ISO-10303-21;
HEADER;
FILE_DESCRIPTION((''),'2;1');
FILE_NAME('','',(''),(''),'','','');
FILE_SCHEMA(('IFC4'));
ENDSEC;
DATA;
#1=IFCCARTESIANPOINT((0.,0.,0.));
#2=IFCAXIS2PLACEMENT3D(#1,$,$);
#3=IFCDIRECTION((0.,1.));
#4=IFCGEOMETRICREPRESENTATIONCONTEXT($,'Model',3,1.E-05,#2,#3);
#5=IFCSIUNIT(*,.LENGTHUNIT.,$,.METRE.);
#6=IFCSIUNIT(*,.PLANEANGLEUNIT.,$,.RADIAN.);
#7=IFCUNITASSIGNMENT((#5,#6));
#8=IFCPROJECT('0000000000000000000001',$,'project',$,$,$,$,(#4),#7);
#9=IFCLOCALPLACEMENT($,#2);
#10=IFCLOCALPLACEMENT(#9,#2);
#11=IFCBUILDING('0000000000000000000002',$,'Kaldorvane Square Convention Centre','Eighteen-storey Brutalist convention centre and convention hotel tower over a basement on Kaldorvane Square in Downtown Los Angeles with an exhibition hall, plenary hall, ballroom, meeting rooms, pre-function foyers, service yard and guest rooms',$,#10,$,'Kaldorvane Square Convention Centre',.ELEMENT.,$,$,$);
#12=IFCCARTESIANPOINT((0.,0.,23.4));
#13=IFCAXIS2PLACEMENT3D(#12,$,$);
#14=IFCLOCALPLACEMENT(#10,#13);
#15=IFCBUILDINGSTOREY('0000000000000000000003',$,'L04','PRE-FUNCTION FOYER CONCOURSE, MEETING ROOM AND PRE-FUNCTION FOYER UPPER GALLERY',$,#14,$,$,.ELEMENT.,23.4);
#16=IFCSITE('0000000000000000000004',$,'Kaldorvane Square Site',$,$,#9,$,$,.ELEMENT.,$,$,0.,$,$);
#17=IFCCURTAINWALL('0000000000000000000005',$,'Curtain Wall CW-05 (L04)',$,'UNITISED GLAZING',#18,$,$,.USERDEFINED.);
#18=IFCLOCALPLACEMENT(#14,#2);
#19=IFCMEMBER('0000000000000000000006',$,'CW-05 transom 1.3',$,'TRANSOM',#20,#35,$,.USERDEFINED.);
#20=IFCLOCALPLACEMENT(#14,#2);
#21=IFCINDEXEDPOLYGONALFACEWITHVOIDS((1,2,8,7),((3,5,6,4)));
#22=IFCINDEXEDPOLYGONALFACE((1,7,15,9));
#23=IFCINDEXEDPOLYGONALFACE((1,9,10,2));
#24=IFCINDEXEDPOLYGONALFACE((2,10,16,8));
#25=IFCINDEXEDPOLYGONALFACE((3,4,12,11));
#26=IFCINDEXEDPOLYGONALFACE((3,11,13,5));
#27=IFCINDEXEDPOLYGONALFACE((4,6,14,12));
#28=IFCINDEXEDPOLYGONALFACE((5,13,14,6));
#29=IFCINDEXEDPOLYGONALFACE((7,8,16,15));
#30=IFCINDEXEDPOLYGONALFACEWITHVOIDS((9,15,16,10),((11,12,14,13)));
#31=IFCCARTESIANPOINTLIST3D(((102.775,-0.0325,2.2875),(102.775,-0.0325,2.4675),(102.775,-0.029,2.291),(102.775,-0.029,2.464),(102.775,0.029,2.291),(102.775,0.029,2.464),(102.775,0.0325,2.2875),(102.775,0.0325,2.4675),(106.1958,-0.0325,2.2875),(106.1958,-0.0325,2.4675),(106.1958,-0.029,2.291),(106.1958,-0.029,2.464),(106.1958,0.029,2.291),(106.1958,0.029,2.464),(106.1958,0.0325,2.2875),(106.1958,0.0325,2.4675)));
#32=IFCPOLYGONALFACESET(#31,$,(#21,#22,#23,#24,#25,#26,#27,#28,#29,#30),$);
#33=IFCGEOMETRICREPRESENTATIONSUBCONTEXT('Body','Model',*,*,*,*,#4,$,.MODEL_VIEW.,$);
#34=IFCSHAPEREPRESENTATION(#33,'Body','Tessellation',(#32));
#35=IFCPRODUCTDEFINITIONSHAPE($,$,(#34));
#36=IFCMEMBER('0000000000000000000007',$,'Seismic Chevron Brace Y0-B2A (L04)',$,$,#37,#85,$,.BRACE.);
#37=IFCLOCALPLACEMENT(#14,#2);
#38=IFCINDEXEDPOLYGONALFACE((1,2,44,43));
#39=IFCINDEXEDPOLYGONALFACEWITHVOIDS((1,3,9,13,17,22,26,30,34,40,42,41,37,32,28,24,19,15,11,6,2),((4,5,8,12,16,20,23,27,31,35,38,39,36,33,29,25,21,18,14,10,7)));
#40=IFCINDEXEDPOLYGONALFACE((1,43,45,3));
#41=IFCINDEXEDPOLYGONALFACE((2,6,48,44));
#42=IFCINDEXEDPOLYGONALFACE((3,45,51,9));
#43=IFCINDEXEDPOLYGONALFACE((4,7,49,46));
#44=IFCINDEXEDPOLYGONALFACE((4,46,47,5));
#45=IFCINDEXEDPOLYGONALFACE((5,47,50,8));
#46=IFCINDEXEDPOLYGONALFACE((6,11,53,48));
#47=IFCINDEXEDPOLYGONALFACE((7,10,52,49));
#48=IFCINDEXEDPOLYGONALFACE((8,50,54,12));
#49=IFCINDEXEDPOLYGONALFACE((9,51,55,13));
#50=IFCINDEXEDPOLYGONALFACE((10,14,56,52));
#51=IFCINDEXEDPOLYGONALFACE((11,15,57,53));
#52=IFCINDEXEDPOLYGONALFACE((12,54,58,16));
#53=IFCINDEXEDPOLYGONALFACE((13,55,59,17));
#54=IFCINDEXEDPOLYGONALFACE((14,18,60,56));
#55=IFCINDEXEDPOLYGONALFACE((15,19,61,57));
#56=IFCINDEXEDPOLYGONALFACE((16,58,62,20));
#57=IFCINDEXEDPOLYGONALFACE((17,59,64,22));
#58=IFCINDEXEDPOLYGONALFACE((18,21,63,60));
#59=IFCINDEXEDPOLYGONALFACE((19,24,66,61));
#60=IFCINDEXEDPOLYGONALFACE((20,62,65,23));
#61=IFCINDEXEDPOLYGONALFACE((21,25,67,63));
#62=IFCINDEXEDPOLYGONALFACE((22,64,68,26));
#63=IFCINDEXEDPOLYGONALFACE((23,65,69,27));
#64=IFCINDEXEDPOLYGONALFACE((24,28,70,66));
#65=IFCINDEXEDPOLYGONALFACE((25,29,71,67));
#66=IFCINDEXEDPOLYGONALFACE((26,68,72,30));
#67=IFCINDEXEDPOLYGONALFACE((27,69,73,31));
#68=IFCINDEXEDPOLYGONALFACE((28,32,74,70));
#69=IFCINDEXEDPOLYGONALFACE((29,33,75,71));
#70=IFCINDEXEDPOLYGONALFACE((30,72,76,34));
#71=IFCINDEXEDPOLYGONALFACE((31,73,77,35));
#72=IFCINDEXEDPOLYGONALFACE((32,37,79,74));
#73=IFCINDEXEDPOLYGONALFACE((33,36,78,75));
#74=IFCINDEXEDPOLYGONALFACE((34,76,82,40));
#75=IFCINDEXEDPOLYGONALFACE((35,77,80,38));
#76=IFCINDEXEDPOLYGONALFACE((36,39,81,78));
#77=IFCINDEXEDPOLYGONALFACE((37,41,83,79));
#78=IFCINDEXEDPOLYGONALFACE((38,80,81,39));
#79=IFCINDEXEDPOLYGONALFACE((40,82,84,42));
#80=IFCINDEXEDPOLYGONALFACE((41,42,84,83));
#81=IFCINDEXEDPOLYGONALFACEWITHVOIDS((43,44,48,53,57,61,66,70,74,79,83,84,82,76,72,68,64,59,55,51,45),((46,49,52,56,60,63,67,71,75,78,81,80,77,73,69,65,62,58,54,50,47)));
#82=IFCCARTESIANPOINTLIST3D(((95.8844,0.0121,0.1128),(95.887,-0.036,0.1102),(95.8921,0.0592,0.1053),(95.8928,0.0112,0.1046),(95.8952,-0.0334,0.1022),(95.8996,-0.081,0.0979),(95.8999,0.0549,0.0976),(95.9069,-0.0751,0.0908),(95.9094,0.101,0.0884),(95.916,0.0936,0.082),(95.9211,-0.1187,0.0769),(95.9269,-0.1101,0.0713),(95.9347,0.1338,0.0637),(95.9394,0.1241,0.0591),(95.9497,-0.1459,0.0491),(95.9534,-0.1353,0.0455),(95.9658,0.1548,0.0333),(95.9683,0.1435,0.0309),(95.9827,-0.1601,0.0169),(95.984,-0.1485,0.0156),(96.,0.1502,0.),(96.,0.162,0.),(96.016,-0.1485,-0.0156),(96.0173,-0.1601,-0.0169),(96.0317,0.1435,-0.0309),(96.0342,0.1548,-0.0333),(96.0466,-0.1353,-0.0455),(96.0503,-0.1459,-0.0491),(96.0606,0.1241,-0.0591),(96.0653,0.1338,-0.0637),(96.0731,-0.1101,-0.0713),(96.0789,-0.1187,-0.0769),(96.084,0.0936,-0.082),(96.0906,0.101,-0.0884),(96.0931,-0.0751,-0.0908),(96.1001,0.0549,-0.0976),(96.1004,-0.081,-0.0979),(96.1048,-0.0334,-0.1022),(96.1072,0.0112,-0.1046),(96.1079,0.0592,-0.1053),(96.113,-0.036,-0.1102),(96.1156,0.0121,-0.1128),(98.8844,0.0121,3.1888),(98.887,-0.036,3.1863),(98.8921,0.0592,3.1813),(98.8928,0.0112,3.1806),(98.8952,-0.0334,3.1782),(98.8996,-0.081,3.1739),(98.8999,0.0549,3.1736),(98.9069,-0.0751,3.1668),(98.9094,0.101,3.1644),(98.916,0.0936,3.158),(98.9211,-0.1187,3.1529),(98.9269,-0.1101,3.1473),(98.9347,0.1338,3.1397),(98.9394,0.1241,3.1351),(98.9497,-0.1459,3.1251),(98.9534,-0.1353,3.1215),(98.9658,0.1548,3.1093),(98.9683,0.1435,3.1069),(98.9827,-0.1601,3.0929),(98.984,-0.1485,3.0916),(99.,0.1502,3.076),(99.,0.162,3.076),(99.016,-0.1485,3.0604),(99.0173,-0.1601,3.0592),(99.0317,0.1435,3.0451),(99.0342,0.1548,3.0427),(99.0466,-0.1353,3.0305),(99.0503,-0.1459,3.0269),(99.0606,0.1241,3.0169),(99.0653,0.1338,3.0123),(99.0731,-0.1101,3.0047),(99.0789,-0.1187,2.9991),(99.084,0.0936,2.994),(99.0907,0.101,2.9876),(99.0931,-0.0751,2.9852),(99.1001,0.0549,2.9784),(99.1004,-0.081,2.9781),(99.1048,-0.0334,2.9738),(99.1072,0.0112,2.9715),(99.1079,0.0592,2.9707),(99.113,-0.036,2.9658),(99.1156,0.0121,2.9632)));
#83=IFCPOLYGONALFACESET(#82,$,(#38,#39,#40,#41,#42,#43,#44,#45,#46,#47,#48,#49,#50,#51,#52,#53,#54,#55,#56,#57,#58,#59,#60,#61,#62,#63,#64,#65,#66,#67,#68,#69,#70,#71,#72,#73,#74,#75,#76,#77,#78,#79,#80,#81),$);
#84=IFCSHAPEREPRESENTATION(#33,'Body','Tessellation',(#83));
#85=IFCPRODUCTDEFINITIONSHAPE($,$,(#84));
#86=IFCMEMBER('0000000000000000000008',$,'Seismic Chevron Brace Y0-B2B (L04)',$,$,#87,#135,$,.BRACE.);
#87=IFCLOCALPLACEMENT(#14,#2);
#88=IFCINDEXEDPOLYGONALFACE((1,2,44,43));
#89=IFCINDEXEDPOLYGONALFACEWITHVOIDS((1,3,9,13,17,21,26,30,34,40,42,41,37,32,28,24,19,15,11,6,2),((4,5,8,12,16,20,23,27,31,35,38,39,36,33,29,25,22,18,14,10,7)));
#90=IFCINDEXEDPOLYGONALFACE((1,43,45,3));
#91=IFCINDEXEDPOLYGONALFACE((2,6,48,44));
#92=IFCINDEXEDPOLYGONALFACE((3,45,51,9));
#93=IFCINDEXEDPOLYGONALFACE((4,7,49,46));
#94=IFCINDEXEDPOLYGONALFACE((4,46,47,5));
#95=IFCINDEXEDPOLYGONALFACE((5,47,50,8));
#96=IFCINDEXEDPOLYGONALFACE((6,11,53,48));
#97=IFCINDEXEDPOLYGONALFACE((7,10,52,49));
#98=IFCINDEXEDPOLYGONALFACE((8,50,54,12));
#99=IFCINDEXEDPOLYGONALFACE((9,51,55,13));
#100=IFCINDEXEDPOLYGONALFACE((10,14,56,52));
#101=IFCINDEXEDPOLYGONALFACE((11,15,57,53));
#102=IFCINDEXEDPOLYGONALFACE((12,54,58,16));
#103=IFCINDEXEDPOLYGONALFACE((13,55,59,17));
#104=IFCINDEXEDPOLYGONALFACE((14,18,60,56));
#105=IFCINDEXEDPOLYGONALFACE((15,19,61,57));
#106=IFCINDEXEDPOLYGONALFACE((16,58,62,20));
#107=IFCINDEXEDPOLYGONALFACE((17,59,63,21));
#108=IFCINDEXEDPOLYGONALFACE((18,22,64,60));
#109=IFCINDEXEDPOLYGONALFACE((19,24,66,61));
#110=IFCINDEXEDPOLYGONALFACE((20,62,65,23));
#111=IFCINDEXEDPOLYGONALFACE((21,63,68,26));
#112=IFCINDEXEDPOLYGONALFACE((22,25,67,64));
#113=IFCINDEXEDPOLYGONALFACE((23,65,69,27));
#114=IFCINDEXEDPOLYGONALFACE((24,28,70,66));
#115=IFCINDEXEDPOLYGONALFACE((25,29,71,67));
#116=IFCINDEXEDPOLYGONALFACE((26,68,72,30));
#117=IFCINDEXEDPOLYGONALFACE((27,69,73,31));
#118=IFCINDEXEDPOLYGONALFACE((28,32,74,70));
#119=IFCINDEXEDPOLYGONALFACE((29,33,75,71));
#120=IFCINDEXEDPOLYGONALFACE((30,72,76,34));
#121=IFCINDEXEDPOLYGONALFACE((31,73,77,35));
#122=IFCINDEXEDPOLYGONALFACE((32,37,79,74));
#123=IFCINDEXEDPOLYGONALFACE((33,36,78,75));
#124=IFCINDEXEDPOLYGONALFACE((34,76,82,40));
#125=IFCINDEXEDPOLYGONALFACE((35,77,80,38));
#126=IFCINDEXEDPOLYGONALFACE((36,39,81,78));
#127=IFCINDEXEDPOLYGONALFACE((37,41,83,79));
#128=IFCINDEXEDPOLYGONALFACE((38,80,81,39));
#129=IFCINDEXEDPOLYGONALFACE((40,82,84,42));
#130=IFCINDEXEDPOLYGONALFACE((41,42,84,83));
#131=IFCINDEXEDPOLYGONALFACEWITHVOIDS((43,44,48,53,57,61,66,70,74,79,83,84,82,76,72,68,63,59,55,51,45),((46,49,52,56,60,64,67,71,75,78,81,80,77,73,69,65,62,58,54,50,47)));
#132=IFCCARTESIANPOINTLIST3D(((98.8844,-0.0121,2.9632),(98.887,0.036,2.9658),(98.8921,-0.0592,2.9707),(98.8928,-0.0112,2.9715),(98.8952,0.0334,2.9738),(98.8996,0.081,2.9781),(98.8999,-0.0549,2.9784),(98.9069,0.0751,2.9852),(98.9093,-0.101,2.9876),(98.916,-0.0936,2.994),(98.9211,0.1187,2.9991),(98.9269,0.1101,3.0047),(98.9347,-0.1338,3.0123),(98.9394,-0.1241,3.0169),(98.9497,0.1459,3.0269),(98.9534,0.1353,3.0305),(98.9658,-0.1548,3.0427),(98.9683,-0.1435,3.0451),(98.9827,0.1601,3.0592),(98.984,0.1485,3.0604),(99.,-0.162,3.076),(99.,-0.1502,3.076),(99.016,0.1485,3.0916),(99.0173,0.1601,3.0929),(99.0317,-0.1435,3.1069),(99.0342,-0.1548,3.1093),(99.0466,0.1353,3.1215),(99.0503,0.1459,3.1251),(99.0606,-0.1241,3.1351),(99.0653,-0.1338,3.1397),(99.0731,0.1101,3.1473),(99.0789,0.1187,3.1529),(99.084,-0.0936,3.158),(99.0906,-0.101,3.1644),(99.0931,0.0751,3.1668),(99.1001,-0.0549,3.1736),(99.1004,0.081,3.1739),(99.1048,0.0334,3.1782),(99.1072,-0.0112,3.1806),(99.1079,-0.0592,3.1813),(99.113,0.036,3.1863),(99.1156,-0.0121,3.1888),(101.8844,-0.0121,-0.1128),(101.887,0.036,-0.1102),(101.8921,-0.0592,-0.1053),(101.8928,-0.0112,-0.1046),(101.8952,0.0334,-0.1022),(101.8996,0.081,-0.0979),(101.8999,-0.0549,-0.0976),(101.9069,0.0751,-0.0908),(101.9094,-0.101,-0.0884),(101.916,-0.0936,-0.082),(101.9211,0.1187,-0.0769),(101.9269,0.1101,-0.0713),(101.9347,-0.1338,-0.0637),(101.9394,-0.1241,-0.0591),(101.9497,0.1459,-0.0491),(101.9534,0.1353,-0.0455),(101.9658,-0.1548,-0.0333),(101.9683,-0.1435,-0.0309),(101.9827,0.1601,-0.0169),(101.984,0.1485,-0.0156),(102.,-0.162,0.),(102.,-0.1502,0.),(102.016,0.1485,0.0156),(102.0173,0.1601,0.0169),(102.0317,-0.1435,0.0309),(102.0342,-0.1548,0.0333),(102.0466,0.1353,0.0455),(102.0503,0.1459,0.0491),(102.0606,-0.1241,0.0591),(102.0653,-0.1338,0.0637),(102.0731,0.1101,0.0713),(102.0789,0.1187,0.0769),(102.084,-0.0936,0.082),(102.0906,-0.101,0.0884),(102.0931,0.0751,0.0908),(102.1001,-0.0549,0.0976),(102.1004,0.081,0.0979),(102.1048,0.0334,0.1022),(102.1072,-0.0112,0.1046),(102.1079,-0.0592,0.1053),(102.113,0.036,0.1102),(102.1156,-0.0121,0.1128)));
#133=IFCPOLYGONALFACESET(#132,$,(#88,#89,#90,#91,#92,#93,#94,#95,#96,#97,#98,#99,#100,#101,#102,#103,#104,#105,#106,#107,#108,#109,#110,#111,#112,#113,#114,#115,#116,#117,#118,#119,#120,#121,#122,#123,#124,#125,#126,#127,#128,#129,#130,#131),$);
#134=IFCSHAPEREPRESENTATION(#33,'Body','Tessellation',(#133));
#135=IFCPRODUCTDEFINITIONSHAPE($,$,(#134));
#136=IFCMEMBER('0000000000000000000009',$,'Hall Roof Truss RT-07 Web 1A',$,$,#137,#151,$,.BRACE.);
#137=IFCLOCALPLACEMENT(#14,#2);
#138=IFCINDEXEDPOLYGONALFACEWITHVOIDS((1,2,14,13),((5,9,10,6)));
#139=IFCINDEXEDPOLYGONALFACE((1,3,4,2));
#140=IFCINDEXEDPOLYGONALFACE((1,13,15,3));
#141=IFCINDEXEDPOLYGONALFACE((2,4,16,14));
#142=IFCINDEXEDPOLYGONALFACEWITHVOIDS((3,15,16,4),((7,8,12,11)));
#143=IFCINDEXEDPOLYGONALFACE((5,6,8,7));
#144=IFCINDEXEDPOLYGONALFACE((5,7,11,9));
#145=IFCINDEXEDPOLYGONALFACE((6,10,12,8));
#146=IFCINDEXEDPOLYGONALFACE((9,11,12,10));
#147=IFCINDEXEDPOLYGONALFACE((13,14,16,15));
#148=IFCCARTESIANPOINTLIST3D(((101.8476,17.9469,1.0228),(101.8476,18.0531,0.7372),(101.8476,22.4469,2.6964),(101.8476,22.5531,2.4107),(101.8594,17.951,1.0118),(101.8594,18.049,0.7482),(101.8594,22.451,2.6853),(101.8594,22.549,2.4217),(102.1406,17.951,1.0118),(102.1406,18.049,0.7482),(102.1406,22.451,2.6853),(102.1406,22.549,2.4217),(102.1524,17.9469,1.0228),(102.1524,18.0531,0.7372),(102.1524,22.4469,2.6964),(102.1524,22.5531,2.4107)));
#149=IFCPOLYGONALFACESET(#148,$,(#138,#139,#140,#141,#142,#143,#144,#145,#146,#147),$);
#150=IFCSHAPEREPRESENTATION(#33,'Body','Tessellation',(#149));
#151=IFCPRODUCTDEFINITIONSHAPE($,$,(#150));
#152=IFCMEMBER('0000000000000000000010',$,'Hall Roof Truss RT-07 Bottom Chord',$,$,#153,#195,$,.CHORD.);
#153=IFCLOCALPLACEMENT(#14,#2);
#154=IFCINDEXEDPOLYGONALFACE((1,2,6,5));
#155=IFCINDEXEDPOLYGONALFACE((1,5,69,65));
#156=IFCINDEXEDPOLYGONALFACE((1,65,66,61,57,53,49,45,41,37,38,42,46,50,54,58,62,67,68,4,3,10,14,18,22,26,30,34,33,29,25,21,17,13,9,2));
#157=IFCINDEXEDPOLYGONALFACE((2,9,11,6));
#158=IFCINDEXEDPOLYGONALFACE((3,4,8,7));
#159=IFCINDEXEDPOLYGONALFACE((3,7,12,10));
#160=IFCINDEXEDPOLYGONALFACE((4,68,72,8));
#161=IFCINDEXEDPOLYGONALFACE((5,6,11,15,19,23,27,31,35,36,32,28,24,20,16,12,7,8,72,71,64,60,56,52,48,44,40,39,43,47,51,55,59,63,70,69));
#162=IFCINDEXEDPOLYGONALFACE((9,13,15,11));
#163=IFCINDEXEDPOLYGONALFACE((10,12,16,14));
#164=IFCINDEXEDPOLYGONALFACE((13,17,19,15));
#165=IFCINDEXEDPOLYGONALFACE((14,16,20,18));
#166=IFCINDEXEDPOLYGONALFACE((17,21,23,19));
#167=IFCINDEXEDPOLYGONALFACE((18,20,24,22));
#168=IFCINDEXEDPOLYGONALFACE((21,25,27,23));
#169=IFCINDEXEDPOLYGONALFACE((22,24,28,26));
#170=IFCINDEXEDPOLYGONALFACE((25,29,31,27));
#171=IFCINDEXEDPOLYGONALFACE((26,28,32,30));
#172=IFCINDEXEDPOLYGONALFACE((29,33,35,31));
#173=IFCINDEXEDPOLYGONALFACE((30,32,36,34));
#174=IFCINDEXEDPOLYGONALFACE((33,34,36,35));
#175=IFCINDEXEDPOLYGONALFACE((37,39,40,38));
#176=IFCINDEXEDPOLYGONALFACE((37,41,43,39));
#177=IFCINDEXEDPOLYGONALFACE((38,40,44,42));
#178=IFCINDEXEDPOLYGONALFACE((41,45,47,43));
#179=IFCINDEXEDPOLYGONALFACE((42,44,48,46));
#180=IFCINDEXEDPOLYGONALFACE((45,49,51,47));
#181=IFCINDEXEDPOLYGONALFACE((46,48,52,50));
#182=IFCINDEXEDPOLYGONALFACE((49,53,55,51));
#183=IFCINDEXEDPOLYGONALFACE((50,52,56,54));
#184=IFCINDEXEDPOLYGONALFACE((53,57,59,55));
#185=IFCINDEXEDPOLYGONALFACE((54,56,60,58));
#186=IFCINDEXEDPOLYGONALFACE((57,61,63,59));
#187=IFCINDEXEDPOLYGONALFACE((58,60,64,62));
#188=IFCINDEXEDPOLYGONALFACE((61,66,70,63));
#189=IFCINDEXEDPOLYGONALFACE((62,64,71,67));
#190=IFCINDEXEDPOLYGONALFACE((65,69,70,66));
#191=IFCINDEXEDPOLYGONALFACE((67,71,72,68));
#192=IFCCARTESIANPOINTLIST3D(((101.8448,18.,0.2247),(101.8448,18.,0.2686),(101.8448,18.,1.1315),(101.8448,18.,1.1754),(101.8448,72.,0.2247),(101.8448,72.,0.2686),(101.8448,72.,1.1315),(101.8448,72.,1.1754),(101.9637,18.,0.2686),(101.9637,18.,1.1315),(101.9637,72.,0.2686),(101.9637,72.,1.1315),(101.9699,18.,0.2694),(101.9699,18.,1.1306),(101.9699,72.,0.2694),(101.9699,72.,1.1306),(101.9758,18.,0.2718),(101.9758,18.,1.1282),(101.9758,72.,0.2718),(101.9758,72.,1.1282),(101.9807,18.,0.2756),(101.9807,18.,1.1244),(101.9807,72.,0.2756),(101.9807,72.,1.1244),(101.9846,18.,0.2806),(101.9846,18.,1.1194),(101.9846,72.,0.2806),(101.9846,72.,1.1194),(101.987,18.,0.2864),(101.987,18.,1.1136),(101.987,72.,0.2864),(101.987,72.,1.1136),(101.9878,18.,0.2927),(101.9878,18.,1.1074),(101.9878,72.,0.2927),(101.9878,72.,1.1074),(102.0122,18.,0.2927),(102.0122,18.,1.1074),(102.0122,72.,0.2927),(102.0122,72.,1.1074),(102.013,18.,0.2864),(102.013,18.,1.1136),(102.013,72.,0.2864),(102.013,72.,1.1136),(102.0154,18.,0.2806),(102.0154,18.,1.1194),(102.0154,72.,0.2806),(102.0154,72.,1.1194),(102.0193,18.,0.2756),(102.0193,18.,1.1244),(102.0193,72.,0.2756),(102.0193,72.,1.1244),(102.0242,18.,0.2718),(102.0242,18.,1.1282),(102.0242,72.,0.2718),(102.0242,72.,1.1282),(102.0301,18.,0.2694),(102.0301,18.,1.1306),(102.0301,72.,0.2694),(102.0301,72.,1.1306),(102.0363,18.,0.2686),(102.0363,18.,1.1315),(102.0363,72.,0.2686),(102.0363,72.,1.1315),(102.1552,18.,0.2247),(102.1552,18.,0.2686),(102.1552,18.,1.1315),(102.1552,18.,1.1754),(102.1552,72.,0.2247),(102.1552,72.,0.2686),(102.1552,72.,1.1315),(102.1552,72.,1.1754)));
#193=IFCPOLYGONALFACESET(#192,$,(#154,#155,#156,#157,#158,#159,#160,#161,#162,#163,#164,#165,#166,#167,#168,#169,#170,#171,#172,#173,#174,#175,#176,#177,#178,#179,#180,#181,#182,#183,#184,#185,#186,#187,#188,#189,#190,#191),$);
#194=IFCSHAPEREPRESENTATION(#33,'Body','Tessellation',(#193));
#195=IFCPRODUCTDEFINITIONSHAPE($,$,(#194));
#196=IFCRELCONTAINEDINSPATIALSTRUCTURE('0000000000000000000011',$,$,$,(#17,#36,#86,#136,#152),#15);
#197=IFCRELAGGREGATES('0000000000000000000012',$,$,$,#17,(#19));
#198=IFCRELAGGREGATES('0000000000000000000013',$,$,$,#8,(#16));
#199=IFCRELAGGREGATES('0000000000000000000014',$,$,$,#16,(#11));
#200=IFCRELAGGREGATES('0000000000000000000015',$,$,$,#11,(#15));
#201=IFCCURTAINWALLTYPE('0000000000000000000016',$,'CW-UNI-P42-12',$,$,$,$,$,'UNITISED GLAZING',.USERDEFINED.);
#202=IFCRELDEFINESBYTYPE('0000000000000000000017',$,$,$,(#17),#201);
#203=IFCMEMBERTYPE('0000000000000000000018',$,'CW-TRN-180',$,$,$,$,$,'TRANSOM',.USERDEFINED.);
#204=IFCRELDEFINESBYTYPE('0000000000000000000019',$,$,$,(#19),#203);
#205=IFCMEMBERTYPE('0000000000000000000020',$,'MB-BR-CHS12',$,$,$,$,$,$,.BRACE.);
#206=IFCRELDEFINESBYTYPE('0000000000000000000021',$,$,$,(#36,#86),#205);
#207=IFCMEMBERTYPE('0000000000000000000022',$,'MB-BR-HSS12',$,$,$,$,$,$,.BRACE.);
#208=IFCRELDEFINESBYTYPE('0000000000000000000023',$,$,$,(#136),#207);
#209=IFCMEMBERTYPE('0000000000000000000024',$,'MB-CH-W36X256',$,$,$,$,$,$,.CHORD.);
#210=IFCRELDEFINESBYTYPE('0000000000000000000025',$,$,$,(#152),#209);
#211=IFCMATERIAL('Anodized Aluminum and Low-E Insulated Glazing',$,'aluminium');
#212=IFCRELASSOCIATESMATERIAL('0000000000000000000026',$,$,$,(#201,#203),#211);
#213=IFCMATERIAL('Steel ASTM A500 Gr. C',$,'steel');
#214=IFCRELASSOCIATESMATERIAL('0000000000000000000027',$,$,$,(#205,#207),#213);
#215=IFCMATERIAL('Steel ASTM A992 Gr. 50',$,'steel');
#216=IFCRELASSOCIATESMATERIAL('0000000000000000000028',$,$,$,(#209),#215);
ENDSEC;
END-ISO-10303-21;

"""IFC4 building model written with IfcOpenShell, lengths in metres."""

from ifc_helpers import new_model, si_unit, direction, frame, origin, origin_2d, place, context, subcontext, project, spatial, hollow_rectangle, hollow_circle, i_section, extrude, material, material_profile, profile_set, type_object, element, aggregate, save


model = new_model("IFC4")

# Units and contexts
model_context = context("Model", 3, precision=1e-05, world=origin(), true_north=direction((0.0, 1.0)))
body_context = subcontext(model_context, "Body", "Model", "MODEL_VIEW")
ifc_project = project(units=[si_unit("LENGTHUNIT", "METRE"), si_unit("PLANEANGLEUNIT", "RADIAN")], contexts=[model_context])

# Site, building, storey
site_placement = place(None, origin())
site = spatial("IfcSite", under=ifc_project, at=site_placement, Name="Kaldorvane Square Site", CompositionType="ELEMENT", RefElevation=0.0)
building_placement = place(site_placement, origin())
building = spatial("IfcBuilding", under=site, at=building_placement, Name="Kaldorvane Square Convention Centre", Description="Eighteen-storey Brutalist convention centre and convention hotel tower over a basement on Kaldorvane Square in Downtown Los Angeles with an exhibition hall, plenary hall, ballroom, meeting rooms, pre-function foyers, service yard and guest rooms", LongName="Kaldorvane Square Convention Centre", CompositionType="ELEMENT")
storey_placement = place(building_placement, frame((0.0, 0.0, 23.4)))
storey = spatial("IfcBuildingStorey", under=building, at=storey_placement, Name="L04", Description="PRE-FUNCTION FOYER CONCOURSE, MEETING ROOM AND PRE-FUNCTION FOYER UPPER GALLERY", CompositionType="ELEMENT", Elevation=23.4)

# Shared definitions
ifc_material_1 = material(Name="Steel ASTM A992 Gr. 50", Category="steel")

# Curtain wall, member
ifc_material_2 = material(Name="Anodized Aluminum and Low-E Insulated Glazing", Category="aluminium")
curtain_wall_type = type_object("IfcCurtainWallType", Name="CW-UNI-P42-12", ElementType="UNITISED GLAZING", PredefinedType="USERDEFINED", material=ifc_material_2)
curtain_wall_placement = place(storey_placement, origin())
curtain_wall = element("IfcCurtainWall", 1, at=curtain_wall_placement, inside=storey, type_object=curtain_wall_type, Name="Curtain Wall CW-05 (L04)", ObjectType="UNITISED GLAZING", PredefinedType="USERDEFINED")
ifc_material_profile_1 = material_profile(ifc_material_2, hollow_rectangle(XDim=0.065, YDim=0.18, WallThickness=0.0035, at=origin_2d()), Name="CWT-180X65")
ifc_profile_set_1 = profile_set([ifc_material_profile_1], Name="Anodized Aluminum and Low-E Insulated Glazing")
member_type_1 = type_object("IfcMemberType", Name="CW-TRN-180", ElementType="TRANSOM", PredefinedType="USERDEFINED", material=ifc_profile_set_1)
member_1_placement = place(storey_placement, frame((102.775, 0.0, 2.3775), z_axis=(1.0, 0.0, 0.0), x_axis=(0.0, 1.0, 0.0)))
member_1 = element("IfcMember", 2, at=member_1_placement, type_object=member_type_1, Name="CW-05 transom 1.3", ObjectType="TRANSOM", PredefinedType="USERDEFINED", context=body_context, shape_type="SweptSolid", body=[
    extrude(hollow_rectangle(XDim=0.065, YDim=0.18, WallThickness=0.0035, at=origin_2d()), origin(), (0.0, 0.0, 1.0), 3.4208),
])

# Members
ifc_material_3 = material(Name="Steel ASTM A500 Gr. C", Category="steel")
ifc_material_profile_2 = material_profile(ifc_material_3, hollow_circle(Radius=0.162, WallThickness=0.0118, at=origin_2d()), Name="HSS12.750X0.500")
ifc_profile_set_2 = profile_set([ifc_material_profile_2], Name="Steel ASTM A500 Gr. C")
member_type_2 = type_object("IfcMemberType", Name="MB-BR-CHS12", PredefinedType="BRACE", material=ifc_profile_set_2)
for number, where, z_axis, x_axis, name in (
    (3, (96.0, 0.0, 0.0), (0.698207, 0.0, 0.715896), (0.0, 1.0, 0.0), "Seismic Chevron Brace Y0-B2A (L04)"),
    (4, (102.0, 0.0, 0.0), (-0.698207, 0.0, 0.715896), (0.0, -1.0, 0.0), "Seismic Chevron Brace Y0-B2B (L04)"),
):
    element("IfcMember", number, at=place(storey_placement, frame(where, z_axis=z_axis, x_axis=x_axis)), inside=storey, type_object=member_type_2, Name=name, PredefinedType="BRACE", context=body_context, shape_type="SweptSolid", body=[
        extrude(hollow_circle(Radius=0.162, WallThickness=0.0118, at=origin_2d()), origin(), (0.0, 0.0, 1.0), 4.2967),
    ])
ifc_material_profile_3 = material_profile(ifc_material_3, hollow_rectangle(XDim=0.3048, YDim=0.3048, WallThickness=0.0118, at=origin_2d()), Name="HSS12X12X1/2")
ifc_profile_set_3 = profile_set([ifc_material_profile_3], Name="Steel ASTM A500 Gr. C")
member_type_3 = type_object("IfcMemberType", Name="MB-BR-HSS12", PredefinedType="BRACE", material=ifc_profile_set_3)
member_2_placement = place(storey_placement, frame((102.0, 18.0, 0.88), z_axis=(0.0, 0.937284, 0.348567), x_axis=(-1.0, 0.0, 0.0)))
element("IfcMember", 5, at=member_2_placement, inside=storey, type_object=member_type_3, Name="Hall Roof Truss RT-07 Web 1A", PredefinedType="BRACE", context=body_context, shape_type="SweptSolid", body=[
    extrude(hollow_rectangle(XDim=0.3048, YDim=0.3048, WallThickness=0.0118, at=origin_2d()), origin(), (0.0, 0.0, 1.0), 4.8011),
])
ifc_material_profile_4 = material_profile(ifc_material_1, i_section(OverallWidth=0.3103, OverallDepth=0.9507, WebThickness=0.0244, FlangeThickness=0.0439, FilletRadius=0.0241, at=origin_2d()), Name="W36X256")
ifc_profile_set_4 = profile_set([ifc_material_profile_4], Name="Steel ASTM A992 Gr. 50")
member_type_4 = type_object("IfcMemberType", Name="MB-CH-W36X256", PredefinedType="CHORD", material=ifc_profile_set_4)
member_3_placement = place(storey_placement, frame((102.0, 18.0, 0.7), z_axis=(0.0, 1.0, 0.0), x_axis=(-1.0, 0.0, 0.0)))
element("IfcMember", 6, at=member_3_placement, inside=storey, type_object=member_type_4, Name="Hall Roof Truss RT-07 Bottom Chord", PredefinedType="CHORD", context=body_context, shape_type="SweptSolid", body=[
    extrude(i_section(OverallWidth=0.3103, OverallDepth=0.9507, WebThickness=0.0244, FlangeThickness=0.0439, FilletRadius=0.0241, at=origin_2d()), origin(), (0.0, 0.0, 1.0), 54.0),
])

aggregate(curtain_wall, [member_1])

save(model, "model.ifc")
